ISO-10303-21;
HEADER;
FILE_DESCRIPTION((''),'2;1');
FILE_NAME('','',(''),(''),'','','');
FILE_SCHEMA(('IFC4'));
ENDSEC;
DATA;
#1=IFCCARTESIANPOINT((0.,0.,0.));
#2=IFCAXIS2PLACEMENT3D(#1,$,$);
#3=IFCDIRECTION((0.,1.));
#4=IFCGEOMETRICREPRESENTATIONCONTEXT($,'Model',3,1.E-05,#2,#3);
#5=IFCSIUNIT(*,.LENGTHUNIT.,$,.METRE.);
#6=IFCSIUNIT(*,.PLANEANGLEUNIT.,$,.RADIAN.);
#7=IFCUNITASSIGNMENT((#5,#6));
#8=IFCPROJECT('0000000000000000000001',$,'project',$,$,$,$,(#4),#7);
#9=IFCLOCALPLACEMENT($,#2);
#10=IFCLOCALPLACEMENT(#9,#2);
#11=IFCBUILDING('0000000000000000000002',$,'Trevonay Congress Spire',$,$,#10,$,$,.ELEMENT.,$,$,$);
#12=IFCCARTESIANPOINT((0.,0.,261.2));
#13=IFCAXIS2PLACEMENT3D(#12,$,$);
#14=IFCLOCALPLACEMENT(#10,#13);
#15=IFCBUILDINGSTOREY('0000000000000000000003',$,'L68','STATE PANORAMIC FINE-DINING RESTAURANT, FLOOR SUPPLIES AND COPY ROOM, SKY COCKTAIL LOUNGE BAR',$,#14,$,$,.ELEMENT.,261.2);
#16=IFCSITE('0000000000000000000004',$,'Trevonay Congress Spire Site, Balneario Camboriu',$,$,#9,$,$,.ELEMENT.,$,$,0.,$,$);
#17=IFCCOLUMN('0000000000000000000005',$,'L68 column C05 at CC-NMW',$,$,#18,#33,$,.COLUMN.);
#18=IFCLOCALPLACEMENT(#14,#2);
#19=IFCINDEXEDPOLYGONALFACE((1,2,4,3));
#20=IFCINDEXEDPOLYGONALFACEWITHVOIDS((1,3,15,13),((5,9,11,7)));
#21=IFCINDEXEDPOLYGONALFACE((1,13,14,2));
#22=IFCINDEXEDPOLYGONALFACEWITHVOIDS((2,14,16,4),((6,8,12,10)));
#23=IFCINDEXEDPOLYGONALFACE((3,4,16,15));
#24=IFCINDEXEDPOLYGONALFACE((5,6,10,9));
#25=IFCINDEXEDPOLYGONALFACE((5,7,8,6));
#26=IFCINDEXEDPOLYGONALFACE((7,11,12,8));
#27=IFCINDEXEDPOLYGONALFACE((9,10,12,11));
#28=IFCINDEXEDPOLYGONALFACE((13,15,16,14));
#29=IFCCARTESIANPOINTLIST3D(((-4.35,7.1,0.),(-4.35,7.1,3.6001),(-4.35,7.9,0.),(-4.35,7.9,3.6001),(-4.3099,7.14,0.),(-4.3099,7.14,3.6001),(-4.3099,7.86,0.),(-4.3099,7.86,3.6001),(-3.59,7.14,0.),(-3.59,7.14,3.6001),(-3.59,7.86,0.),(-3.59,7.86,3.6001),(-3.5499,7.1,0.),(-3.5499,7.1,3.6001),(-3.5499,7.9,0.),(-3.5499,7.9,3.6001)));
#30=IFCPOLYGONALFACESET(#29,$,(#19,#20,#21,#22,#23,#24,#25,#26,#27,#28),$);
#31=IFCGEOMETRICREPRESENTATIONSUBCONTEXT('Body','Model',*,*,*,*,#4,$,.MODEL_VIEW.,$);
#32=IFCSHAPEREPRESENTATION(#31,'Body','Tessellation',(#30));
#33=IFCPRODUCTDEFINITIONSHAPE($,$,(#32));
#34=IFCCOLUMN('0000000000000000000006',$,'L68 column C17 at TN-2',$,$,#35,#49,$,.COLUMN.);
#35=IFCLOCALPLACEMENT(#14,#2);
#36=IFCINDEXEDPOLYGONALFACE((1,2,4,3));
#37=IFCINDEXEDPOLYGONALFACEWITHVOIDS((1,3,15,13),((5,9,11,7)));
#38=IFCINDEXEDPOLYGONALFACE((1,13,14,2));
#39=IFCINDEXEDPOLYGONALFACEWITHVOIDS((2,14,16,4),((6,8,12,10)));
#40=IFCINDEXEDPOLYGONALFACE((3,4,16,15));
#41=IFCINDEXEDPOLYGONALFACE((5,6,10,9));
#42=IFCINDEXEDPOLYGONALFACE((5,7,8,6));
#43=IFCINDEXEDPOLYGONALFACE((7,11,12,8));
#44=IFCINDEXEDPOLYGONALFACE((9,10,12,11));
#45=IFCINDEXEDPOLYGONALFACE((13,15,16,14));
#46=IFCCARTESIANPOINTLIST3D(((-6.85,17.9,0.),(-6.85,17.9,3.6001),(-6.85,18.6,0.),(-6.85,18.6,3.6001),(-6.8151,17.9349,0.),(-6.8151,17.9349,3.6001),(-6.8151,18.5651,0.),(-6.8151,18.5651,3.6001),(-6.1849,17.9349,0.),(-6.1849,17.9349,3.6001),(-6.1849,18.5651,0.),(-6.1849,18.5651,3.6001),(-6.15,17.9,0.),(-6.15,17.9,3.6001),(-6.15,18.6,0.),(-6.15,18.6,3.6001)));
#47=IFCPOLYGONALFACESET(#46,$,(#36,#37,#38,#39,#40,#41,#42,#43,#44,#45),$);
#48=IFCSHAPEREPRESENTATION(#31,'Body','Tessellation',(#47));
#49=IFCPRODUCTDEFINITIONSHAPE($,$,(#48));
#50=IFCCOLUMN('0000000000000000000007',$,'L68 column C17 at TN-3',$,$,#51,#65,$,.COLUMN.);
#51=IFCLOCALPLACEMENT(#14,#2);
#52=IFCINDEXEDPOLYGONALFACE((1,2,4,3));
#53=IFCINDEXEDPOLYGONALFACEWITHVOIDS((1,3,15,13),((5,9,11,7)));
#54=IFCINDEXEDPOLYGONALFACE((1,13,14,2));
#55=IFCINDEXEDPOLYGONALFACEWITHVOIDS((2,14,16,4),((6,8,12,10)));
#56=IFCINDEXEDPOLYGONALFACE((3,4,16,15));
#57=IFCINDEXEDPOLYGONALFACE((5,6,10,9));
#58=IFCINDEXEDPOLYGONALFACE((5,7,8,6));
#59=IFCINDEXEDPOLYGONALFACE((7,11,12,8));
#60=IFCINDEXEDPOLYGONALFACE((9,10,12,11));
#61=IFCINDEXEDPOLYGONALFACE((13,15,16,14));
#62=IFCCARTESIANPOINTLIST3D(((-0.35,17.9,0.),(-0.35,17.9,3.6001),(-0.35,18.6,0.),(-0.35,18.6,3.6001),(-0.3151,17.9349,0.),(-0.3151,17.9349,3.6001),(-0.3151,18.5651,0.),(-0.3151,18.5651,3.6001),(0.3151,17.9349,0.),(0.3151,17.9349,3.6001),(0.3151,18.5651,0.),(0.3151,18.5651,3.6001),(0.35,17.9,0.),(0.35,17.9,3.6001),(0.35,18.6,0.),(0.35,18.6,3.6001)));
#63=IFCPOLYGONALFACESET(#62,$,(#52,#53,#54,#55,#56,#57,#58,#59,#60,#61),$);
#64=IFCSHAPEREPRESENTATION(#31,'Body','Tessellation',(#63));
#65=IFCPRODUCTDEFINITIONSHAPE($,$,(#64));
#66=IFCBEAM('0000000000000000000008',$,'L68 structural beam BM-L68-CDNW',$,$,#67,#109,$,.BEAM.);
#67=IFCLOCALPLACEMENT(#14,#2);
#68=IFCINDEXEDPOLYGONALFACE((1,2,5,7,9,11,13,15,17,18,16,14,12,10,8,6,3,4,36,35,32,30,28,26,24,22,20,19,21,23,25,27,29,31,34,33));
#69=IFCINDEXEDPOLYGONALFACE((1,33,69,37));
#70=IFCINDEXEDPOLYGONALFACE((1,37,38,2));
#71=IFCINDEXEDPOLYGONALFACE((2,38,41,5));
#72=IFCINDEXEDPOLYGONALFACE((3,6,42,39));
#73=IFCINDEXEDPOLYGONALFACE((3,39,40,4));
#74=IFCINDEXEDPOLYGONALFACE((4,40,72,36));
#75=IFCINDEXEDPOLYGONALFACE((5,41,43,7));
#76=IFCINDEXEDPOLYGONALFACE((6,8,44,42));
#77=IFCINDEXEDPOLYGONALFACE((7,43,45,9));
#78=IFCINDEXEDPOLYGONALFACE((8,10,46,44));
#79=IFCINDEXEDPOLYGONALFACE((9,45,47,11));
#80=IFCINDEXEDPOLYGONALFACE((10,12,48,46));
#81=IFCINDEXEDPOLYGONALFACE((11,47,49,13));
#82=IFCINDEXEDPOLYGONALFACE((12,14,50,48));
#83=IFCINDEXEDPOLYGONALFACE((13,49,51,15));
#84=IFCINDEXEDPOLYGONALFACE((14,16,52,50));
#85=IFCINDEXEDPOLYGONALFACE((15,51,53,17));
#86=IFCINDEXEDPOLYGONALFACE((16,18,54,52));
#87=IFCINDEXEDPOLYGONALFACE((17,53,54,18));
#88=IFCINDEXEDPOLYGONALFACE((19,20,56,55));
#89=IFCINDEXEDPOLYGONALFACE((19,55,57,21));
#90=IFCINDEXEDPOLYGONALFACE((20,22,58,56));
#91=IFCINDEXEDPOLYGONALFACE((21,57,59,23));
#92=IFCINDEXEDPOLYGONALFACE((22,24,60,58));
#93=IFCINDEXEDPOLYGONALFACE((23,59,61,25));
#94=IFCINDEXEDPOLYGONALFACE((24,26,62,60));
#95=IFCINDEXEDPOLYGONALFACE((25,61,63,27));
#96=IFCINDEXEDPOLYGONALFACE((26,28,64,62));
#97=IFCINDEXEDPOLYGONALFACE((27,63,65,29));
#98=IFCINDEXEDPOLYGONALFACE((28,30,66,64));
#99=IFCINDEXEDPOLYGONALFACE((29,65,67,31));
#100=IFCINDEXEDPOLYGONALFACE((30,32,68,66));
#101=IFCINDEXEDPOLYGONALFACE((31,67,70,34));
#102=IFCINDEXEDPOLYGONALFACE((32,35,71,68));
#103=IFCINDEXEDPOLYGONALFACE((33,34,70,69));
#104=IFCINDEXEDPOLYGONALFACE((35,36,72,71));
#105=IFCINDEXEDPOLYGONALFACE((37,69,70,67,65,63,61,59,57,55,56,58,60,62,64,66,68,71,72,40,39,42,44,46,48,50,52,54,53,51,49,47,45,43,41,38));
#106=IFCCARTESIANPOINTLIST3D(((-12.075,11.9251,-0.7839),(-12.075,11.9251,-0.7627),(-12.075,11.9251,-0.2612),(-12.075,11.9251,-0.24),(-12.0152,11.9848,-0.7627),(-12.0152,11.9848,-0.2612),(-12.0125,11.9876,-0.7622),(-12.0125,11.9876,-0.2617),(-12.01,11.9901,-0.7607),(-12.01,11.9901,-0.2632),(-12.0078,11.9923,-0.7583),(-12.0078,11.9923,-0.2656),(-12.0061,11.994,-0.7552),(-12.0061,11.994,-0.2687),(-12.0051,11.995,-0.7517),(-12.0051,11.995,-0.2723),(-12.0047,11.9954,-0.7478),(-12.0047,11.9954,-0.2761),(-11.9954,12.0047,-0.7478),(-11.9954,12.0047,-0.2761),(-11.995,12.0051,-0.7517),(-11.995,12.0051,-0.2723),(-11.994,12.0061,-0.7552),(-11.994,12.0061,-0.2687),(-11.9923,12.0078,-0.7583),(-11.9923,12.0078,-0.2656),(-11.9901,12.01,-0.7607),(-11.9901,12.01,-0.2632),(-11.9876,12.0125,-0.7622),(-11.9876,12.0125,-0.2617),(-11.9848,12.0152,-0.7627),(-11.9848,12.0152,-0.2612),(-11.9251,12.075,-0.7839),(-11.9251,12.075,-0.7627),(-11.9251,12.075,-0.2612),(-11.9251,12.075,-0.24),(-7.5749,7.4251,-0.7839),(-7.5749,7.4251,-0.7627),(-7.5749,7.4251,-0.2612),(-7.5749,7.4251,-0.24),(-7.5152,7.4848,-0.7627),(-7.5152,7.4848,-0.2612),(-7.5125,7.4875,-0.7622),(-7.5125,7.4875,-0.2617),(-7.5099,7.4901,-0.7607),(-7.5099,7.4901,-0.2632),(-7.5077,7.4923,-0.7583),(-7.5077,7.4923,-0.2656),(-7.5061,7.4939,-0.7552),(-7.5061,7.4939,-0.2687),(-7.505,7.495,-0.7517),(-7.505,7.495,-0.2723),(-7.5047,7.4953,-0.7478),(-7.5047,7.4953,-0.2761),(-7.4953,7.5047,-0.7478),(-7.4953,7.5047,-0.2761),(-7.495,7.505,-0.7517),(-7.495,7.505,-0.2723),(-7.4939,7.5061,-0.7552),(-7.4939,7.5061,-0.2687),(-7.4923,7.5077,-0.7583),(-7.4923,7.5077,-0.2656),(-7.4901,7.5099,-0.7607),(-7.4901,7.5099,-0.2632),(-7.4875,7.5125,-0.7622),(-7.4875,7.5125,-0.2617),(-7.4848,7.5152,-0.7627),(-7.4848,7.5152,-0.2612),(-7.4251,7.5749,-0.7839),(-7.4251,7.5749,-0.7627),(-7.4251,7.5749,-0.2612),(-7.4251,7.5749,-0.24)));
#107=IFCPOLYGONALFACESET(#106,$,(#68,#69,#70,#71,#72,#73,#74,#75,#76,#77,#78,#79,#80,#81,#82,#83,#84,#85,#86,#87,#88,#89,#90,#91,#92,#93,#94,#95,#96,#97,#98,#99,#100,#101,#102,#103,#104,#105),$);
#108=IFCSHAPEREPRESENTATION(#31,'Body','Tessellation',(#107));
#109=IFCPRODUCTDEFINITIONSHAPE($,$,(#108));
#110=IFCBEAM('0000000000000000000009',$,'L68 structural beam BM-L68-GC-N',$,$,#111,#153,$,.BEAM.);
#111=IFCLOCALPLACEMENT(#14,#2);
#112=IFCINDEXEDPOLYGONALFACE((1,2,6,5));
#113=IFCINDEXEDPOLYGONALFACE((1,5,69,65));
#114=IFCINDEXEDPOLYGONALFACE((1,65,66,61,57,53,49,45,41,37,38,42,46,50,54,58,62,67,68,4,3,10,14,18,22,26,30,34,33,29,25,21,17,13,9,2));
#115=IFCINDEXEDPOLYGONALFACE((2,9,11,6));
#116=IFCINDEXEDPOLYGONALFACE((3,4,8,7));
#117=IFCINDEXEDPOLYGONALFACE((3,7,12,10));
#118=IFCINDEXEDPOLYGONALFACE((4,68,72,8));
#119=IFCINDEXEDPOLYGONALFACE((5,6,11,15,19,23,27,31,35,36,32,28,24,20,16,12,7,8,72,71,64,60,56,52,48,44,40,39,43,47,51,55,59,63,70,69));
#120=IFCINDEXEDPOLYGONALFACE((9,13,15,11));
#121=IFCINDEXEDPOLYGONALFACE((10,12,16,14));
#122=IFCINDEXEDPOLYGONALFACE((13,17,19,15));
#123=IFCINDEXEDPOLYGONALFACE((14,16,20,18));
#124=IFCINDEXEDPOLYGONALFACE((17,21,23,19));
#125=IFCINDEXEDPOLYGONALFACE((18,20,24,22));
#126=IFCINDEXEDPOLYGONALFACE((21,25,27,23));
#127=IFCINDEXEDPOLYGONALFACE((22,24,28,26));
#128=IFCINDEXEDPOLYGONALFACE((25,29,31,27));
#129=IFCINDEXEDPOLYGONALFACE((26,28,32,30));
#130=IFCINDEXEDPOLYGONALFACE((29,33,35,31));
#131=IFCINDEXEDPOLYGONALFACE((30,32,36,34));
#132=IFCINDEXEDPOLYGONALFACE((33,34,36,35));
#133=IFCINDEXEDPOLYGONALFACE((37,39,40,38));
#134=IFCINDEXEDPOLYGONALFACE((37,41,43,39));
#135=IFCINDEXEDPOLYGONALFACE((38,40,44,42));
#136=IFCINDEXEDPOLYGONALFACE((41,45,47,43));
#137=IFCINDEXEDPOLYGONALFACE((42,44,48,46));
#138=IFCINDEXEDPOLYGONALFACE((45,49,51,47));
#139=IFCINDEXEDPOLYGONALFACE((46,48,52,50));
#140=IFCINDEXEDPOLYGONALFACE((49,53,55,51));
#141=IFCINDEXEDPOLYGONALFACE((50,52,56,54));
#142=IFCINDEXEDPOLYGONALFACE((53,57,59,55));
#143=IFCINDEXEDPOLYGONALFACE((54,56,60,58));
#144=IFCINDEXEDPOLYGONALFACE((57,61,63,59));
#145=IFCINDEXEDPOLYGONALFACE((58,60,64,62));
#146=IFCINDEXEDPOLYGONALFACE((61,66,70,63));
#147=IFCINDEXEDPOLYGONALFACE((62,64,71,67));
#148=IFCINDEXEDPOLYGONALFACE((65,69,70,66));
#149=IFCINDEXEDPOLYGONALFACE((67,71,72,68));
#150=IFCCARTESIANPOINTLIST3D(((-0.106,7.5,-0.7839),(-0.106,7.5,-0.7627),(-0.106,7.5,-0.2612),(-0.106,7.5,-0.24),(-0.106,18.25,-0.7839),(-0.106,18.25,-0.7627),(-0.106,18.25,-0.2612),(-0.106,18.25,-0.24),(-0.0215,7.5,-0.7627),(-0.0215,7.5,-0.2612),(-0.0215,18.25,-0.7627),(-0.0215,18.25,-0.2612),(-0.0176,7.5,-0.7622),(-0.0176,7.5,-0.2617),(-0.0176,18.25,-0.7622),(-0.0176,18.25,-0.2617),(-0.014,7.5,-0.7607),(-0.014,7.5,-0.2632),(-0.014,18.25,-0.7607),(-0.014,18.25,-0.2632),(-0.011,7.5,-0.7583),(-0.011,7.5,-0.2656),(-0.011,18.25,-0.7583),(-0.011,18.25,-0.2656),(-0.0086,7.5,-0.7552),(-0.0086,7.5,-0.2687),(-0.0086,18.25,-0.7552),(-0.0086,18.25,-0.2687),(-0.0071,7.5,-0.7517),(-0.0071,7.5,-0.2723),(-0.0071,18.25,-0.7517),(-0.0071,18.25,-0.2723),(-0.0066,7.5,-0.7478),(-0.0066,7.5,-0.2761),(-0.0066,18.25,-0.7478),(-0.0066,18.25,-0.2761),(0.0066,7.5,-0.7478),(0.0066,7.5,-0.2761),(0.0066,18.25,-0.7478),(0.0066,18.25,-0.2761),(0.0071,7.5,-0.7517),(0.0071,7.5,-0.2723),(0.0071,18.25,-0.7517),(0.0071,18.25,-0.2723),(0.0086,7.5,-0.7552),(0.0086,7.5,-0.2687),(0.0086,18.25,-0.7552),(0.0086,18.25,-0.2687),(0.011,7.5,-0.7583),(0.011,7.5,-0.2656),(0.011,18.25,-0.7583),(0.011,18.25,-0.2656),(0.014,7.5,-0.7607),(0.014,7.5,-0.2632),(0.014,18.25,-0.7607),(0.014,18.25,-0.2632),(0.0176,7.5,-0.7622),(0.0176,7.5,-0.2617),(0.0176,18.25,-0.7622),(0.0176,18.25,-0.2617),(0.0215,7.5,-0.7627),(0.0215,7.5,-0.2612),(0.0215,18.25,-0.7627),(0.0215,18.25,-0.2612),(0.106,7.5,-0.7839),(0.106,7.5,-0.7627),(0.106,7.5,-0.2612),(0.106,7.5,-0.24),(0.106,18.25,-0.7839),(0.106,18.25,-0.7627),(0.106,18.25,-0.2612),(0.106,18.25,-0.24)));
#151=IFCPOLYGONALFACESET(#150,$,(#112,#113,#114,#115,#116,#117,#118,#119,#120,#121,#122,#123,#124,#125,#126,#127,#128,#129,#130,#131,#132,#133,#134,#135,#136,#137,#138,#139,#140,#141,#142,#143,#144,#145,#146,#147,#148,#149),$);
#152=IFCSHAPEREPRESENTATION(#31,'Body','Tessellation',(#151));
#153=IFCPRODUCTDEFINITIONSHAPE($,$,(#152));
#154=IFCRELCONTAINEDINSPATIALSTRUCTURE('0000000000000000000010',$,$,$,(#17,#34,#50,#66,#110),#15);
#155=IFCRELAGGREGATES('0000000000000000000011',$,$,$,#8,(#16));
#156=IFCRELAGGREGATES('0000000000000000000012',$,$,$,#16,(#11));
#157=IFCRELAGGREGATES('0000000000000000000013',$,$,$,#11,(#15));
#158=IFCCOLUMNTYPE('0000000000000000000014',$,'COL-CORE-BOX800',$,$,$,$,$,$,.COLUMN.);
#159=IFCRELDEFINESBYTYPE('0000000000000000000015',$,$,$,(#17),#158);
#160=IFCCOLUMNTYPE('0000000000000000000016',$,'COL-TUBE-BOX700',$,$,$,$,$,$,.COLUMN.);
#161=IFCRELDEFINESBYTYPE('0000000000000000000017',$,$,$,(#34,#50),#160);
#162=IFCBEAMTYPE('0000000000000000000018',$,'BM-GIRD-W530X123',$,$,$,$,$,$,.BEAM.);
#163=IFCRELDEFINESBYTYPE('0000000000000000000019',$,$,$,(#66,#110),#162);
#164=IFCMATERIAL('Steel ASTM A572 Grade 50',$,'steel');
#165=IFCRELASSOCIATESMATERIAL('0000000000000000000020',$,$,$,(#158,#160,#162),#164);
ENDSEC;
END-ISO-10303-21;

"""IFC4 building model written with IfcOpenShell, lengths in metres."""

from ifc_helpers import new_model, si_unit, direction, frame, origin, origin_2d, place, context, subcontext, project, spatial, hollow_rectangle, i_section, extrude, material, material_profile, profile_set, type_object, element, save


model = new_model("IFC4")

# Units and contexts
model_context = context("Model", 3, precision=1e-05, world=origin(), true_north=direction((0.0, 1.0)))
body_context = subcontext(model_context, "Body", "Model", "MODEL_VIEW")
ifc_project = project(units=[si_unit("LENGTHUNIT", "METRE"), si_unit("PLANEANGLEUNIT", "RADIAN")], contexts=[model_context])

# Site, building, storey
site_placement = place(None, origin())
site = spatial("IfcSite", under=ifc_project, at=site_placement, Name="Trevonay Congress Spire Site, Balneario Camboriu", CompositionType="ELEMENT", RefElevation=0.0)
building_placement = place(site_placement, origin())
building = spatial("IfcBuilding", under=site, at=building_placement, Name="Trevonay Congress Spire", CompositionType="ELEMENT")
storey_placement = place(building_placement, frame((0.0, 0.0, 261.2)))
storey = spatial("IfcBuildingStorey", under=building, at=storey_placement, Name="L68", Description="STATE PANORAMIC FINE-DINING RESTAURANT, FLOOR SUPPLIES AND COPY ROOM, SKY COCKTAIL LOUNGE BAR", CompositionType="ELEMENT", Elevation=261.2)

# Columns
ifc_material_1 = material(Name="Steel ASTM A572 Grade 50", Category="steel")
ifc_material_profile_1 = material_profile(ifc_material_1, hollow_rectangle(XDim=0.8, YDim=0.8, WallThickness=0.04, at=origin_2d()), Name="BOX 800x800x40")
ifc_profile_set_1 = profile_set([ifc_material_profile_1], Name="Steel ASTM A572 Grade 50")
column_type_1 = type_object("IfcColumnType", Name="COL-CORE-BOX800", PredefinedType="COLUMN", material=ifc_profile_set_1)
column_placement = place(storey_placement, frame((-3.95, 7.5, 0.0), z_axis=(0.0, 0.0, 1.0), x_axis=(1.0, 0.0, 0.0)))
element("IfcColumn", 1, at=column_placement, inside=storey, type_object=column_type_1, Name="L68 column C05 at CC-NMW", PredefinedType="COLUMN", context=body_context, shape_type="SweptSolid", body=[
    extrude(hollow_rectangle(XDim=0.8, YDim=0.8, WallThickness=0.04, at=origin_2d()), origin(), (0.0, 0.0, 1.0), 3.6001),
])
ifc_material_profile_2 = material_profile(ifc_material_1, hollow_rectangle(XDim=0.7, YDim=0.7, WallThickness=0.0349, at=origin_2d()), Name="BOX 700x700x35")
ifc_profile_set_2 = profile_set([ifc_material_profile_2], Name="Steel ASTM A572 Grade 50")
column_type_2 = type_object("IfcColumnType", Name="COL-TUBE-BOX700", PredefinedType="COLUMN", material=ifc_profile_set_2)
for number, where, z_axis, x_axis, name in (
    (2, (-6.5, 18.25, 0.0), (0.0, 0.0, 1.0), (1.0, 0.0, 0.0), "L68 column C17 at TN-2"),
    (3, (0.0, 18.25, 0.0), (0.0, 0.0, 1.0), (1.0, 0.0, 0.0), "L68 column C17 at TN-3"),
):
    element("IfcColumn", number, at=place(storey_placement, frame(where, z_axis=z_axis, x_axis=x_axis)), inside=storey, type_object=column_type_2, Name=name, PredefinedType="COLUMN", context=body_context, shape_type="SweptSolid", body=[
        extrude(hollow_rectangle(XDim=0.7, YDim=0.7, WallThickness=0.0349, at=origin_2d()), origin(), (0.0, 0.0, 1.0), 3.6001),
    ])

# Beams
ifc_material_profile_3 = material_profile(ifc_material_1, i_section(OverallWidth=0.2119, OverallDepth=0.5439, WebThickness=0.0132, FlangeThickness=0.0212, FilletRadius=0.0149, at=origin_2d()), Name="W530x123")
ifc_profile_set_3 = profile_set([ifc_material_profile_3], Name="Steel ASTM A572 Grade 50")
beam_type_1 = type_object("IfcBeamType", Name="BM-GIRD-W530X123", PredefinedType="BEAM", material=ifc_profile_set_3)
beam_1_placement = place(storey_placement, frame((-7.5, 7.5, -0.512), z_axis=(-0.707107, 0.707107, 0.0), x_axis=(-0.707107, -0.707107, 0.0)))
element("IfcBeam", 4, at=beam_1_placement, inside=storey, type_object=beam_type_1, Name="L68 structural beam BM-L68-CDNW", PredefinedType="BEAM", context=body_context, shape_type="SweptSolid", body=[
    extrude(i_section(OverallWidth=0.2119, OverallDepth=0.5439, WebThickness=0.0132, FlangeThickness=0.0212, FilletRadius=0.0149, at=origin_2d()), origin(), (0.0, 0.0, 1.0), 6.364),
])
beam_2_placement = place(storey_placement, frame((0.0, 7.5, -0.512), z_axis=(0.0, 1.0, 0.0), x_axis=(-1.0, 0.0, 0.0)))
element("IfcBeam", 5, at=beam_2_placement, inside=storey, type_object=beam_type_1, Name="L68 structural beam BM-L68-GC-N", PredefinedType="BEAM", context=body_context, shape_type="SweptSolid", body=[
    extrude(i_section(OverallWidth=0.2119, OverallDepth=0.5439, WebThickness=0.0132, FlangeThickness=0.0212, FilletRadius=0.0149, at=origin_2d()), origin(), (0.0, 0.0, 1.0), 10.75),
])

save(model, "model.ifc")
